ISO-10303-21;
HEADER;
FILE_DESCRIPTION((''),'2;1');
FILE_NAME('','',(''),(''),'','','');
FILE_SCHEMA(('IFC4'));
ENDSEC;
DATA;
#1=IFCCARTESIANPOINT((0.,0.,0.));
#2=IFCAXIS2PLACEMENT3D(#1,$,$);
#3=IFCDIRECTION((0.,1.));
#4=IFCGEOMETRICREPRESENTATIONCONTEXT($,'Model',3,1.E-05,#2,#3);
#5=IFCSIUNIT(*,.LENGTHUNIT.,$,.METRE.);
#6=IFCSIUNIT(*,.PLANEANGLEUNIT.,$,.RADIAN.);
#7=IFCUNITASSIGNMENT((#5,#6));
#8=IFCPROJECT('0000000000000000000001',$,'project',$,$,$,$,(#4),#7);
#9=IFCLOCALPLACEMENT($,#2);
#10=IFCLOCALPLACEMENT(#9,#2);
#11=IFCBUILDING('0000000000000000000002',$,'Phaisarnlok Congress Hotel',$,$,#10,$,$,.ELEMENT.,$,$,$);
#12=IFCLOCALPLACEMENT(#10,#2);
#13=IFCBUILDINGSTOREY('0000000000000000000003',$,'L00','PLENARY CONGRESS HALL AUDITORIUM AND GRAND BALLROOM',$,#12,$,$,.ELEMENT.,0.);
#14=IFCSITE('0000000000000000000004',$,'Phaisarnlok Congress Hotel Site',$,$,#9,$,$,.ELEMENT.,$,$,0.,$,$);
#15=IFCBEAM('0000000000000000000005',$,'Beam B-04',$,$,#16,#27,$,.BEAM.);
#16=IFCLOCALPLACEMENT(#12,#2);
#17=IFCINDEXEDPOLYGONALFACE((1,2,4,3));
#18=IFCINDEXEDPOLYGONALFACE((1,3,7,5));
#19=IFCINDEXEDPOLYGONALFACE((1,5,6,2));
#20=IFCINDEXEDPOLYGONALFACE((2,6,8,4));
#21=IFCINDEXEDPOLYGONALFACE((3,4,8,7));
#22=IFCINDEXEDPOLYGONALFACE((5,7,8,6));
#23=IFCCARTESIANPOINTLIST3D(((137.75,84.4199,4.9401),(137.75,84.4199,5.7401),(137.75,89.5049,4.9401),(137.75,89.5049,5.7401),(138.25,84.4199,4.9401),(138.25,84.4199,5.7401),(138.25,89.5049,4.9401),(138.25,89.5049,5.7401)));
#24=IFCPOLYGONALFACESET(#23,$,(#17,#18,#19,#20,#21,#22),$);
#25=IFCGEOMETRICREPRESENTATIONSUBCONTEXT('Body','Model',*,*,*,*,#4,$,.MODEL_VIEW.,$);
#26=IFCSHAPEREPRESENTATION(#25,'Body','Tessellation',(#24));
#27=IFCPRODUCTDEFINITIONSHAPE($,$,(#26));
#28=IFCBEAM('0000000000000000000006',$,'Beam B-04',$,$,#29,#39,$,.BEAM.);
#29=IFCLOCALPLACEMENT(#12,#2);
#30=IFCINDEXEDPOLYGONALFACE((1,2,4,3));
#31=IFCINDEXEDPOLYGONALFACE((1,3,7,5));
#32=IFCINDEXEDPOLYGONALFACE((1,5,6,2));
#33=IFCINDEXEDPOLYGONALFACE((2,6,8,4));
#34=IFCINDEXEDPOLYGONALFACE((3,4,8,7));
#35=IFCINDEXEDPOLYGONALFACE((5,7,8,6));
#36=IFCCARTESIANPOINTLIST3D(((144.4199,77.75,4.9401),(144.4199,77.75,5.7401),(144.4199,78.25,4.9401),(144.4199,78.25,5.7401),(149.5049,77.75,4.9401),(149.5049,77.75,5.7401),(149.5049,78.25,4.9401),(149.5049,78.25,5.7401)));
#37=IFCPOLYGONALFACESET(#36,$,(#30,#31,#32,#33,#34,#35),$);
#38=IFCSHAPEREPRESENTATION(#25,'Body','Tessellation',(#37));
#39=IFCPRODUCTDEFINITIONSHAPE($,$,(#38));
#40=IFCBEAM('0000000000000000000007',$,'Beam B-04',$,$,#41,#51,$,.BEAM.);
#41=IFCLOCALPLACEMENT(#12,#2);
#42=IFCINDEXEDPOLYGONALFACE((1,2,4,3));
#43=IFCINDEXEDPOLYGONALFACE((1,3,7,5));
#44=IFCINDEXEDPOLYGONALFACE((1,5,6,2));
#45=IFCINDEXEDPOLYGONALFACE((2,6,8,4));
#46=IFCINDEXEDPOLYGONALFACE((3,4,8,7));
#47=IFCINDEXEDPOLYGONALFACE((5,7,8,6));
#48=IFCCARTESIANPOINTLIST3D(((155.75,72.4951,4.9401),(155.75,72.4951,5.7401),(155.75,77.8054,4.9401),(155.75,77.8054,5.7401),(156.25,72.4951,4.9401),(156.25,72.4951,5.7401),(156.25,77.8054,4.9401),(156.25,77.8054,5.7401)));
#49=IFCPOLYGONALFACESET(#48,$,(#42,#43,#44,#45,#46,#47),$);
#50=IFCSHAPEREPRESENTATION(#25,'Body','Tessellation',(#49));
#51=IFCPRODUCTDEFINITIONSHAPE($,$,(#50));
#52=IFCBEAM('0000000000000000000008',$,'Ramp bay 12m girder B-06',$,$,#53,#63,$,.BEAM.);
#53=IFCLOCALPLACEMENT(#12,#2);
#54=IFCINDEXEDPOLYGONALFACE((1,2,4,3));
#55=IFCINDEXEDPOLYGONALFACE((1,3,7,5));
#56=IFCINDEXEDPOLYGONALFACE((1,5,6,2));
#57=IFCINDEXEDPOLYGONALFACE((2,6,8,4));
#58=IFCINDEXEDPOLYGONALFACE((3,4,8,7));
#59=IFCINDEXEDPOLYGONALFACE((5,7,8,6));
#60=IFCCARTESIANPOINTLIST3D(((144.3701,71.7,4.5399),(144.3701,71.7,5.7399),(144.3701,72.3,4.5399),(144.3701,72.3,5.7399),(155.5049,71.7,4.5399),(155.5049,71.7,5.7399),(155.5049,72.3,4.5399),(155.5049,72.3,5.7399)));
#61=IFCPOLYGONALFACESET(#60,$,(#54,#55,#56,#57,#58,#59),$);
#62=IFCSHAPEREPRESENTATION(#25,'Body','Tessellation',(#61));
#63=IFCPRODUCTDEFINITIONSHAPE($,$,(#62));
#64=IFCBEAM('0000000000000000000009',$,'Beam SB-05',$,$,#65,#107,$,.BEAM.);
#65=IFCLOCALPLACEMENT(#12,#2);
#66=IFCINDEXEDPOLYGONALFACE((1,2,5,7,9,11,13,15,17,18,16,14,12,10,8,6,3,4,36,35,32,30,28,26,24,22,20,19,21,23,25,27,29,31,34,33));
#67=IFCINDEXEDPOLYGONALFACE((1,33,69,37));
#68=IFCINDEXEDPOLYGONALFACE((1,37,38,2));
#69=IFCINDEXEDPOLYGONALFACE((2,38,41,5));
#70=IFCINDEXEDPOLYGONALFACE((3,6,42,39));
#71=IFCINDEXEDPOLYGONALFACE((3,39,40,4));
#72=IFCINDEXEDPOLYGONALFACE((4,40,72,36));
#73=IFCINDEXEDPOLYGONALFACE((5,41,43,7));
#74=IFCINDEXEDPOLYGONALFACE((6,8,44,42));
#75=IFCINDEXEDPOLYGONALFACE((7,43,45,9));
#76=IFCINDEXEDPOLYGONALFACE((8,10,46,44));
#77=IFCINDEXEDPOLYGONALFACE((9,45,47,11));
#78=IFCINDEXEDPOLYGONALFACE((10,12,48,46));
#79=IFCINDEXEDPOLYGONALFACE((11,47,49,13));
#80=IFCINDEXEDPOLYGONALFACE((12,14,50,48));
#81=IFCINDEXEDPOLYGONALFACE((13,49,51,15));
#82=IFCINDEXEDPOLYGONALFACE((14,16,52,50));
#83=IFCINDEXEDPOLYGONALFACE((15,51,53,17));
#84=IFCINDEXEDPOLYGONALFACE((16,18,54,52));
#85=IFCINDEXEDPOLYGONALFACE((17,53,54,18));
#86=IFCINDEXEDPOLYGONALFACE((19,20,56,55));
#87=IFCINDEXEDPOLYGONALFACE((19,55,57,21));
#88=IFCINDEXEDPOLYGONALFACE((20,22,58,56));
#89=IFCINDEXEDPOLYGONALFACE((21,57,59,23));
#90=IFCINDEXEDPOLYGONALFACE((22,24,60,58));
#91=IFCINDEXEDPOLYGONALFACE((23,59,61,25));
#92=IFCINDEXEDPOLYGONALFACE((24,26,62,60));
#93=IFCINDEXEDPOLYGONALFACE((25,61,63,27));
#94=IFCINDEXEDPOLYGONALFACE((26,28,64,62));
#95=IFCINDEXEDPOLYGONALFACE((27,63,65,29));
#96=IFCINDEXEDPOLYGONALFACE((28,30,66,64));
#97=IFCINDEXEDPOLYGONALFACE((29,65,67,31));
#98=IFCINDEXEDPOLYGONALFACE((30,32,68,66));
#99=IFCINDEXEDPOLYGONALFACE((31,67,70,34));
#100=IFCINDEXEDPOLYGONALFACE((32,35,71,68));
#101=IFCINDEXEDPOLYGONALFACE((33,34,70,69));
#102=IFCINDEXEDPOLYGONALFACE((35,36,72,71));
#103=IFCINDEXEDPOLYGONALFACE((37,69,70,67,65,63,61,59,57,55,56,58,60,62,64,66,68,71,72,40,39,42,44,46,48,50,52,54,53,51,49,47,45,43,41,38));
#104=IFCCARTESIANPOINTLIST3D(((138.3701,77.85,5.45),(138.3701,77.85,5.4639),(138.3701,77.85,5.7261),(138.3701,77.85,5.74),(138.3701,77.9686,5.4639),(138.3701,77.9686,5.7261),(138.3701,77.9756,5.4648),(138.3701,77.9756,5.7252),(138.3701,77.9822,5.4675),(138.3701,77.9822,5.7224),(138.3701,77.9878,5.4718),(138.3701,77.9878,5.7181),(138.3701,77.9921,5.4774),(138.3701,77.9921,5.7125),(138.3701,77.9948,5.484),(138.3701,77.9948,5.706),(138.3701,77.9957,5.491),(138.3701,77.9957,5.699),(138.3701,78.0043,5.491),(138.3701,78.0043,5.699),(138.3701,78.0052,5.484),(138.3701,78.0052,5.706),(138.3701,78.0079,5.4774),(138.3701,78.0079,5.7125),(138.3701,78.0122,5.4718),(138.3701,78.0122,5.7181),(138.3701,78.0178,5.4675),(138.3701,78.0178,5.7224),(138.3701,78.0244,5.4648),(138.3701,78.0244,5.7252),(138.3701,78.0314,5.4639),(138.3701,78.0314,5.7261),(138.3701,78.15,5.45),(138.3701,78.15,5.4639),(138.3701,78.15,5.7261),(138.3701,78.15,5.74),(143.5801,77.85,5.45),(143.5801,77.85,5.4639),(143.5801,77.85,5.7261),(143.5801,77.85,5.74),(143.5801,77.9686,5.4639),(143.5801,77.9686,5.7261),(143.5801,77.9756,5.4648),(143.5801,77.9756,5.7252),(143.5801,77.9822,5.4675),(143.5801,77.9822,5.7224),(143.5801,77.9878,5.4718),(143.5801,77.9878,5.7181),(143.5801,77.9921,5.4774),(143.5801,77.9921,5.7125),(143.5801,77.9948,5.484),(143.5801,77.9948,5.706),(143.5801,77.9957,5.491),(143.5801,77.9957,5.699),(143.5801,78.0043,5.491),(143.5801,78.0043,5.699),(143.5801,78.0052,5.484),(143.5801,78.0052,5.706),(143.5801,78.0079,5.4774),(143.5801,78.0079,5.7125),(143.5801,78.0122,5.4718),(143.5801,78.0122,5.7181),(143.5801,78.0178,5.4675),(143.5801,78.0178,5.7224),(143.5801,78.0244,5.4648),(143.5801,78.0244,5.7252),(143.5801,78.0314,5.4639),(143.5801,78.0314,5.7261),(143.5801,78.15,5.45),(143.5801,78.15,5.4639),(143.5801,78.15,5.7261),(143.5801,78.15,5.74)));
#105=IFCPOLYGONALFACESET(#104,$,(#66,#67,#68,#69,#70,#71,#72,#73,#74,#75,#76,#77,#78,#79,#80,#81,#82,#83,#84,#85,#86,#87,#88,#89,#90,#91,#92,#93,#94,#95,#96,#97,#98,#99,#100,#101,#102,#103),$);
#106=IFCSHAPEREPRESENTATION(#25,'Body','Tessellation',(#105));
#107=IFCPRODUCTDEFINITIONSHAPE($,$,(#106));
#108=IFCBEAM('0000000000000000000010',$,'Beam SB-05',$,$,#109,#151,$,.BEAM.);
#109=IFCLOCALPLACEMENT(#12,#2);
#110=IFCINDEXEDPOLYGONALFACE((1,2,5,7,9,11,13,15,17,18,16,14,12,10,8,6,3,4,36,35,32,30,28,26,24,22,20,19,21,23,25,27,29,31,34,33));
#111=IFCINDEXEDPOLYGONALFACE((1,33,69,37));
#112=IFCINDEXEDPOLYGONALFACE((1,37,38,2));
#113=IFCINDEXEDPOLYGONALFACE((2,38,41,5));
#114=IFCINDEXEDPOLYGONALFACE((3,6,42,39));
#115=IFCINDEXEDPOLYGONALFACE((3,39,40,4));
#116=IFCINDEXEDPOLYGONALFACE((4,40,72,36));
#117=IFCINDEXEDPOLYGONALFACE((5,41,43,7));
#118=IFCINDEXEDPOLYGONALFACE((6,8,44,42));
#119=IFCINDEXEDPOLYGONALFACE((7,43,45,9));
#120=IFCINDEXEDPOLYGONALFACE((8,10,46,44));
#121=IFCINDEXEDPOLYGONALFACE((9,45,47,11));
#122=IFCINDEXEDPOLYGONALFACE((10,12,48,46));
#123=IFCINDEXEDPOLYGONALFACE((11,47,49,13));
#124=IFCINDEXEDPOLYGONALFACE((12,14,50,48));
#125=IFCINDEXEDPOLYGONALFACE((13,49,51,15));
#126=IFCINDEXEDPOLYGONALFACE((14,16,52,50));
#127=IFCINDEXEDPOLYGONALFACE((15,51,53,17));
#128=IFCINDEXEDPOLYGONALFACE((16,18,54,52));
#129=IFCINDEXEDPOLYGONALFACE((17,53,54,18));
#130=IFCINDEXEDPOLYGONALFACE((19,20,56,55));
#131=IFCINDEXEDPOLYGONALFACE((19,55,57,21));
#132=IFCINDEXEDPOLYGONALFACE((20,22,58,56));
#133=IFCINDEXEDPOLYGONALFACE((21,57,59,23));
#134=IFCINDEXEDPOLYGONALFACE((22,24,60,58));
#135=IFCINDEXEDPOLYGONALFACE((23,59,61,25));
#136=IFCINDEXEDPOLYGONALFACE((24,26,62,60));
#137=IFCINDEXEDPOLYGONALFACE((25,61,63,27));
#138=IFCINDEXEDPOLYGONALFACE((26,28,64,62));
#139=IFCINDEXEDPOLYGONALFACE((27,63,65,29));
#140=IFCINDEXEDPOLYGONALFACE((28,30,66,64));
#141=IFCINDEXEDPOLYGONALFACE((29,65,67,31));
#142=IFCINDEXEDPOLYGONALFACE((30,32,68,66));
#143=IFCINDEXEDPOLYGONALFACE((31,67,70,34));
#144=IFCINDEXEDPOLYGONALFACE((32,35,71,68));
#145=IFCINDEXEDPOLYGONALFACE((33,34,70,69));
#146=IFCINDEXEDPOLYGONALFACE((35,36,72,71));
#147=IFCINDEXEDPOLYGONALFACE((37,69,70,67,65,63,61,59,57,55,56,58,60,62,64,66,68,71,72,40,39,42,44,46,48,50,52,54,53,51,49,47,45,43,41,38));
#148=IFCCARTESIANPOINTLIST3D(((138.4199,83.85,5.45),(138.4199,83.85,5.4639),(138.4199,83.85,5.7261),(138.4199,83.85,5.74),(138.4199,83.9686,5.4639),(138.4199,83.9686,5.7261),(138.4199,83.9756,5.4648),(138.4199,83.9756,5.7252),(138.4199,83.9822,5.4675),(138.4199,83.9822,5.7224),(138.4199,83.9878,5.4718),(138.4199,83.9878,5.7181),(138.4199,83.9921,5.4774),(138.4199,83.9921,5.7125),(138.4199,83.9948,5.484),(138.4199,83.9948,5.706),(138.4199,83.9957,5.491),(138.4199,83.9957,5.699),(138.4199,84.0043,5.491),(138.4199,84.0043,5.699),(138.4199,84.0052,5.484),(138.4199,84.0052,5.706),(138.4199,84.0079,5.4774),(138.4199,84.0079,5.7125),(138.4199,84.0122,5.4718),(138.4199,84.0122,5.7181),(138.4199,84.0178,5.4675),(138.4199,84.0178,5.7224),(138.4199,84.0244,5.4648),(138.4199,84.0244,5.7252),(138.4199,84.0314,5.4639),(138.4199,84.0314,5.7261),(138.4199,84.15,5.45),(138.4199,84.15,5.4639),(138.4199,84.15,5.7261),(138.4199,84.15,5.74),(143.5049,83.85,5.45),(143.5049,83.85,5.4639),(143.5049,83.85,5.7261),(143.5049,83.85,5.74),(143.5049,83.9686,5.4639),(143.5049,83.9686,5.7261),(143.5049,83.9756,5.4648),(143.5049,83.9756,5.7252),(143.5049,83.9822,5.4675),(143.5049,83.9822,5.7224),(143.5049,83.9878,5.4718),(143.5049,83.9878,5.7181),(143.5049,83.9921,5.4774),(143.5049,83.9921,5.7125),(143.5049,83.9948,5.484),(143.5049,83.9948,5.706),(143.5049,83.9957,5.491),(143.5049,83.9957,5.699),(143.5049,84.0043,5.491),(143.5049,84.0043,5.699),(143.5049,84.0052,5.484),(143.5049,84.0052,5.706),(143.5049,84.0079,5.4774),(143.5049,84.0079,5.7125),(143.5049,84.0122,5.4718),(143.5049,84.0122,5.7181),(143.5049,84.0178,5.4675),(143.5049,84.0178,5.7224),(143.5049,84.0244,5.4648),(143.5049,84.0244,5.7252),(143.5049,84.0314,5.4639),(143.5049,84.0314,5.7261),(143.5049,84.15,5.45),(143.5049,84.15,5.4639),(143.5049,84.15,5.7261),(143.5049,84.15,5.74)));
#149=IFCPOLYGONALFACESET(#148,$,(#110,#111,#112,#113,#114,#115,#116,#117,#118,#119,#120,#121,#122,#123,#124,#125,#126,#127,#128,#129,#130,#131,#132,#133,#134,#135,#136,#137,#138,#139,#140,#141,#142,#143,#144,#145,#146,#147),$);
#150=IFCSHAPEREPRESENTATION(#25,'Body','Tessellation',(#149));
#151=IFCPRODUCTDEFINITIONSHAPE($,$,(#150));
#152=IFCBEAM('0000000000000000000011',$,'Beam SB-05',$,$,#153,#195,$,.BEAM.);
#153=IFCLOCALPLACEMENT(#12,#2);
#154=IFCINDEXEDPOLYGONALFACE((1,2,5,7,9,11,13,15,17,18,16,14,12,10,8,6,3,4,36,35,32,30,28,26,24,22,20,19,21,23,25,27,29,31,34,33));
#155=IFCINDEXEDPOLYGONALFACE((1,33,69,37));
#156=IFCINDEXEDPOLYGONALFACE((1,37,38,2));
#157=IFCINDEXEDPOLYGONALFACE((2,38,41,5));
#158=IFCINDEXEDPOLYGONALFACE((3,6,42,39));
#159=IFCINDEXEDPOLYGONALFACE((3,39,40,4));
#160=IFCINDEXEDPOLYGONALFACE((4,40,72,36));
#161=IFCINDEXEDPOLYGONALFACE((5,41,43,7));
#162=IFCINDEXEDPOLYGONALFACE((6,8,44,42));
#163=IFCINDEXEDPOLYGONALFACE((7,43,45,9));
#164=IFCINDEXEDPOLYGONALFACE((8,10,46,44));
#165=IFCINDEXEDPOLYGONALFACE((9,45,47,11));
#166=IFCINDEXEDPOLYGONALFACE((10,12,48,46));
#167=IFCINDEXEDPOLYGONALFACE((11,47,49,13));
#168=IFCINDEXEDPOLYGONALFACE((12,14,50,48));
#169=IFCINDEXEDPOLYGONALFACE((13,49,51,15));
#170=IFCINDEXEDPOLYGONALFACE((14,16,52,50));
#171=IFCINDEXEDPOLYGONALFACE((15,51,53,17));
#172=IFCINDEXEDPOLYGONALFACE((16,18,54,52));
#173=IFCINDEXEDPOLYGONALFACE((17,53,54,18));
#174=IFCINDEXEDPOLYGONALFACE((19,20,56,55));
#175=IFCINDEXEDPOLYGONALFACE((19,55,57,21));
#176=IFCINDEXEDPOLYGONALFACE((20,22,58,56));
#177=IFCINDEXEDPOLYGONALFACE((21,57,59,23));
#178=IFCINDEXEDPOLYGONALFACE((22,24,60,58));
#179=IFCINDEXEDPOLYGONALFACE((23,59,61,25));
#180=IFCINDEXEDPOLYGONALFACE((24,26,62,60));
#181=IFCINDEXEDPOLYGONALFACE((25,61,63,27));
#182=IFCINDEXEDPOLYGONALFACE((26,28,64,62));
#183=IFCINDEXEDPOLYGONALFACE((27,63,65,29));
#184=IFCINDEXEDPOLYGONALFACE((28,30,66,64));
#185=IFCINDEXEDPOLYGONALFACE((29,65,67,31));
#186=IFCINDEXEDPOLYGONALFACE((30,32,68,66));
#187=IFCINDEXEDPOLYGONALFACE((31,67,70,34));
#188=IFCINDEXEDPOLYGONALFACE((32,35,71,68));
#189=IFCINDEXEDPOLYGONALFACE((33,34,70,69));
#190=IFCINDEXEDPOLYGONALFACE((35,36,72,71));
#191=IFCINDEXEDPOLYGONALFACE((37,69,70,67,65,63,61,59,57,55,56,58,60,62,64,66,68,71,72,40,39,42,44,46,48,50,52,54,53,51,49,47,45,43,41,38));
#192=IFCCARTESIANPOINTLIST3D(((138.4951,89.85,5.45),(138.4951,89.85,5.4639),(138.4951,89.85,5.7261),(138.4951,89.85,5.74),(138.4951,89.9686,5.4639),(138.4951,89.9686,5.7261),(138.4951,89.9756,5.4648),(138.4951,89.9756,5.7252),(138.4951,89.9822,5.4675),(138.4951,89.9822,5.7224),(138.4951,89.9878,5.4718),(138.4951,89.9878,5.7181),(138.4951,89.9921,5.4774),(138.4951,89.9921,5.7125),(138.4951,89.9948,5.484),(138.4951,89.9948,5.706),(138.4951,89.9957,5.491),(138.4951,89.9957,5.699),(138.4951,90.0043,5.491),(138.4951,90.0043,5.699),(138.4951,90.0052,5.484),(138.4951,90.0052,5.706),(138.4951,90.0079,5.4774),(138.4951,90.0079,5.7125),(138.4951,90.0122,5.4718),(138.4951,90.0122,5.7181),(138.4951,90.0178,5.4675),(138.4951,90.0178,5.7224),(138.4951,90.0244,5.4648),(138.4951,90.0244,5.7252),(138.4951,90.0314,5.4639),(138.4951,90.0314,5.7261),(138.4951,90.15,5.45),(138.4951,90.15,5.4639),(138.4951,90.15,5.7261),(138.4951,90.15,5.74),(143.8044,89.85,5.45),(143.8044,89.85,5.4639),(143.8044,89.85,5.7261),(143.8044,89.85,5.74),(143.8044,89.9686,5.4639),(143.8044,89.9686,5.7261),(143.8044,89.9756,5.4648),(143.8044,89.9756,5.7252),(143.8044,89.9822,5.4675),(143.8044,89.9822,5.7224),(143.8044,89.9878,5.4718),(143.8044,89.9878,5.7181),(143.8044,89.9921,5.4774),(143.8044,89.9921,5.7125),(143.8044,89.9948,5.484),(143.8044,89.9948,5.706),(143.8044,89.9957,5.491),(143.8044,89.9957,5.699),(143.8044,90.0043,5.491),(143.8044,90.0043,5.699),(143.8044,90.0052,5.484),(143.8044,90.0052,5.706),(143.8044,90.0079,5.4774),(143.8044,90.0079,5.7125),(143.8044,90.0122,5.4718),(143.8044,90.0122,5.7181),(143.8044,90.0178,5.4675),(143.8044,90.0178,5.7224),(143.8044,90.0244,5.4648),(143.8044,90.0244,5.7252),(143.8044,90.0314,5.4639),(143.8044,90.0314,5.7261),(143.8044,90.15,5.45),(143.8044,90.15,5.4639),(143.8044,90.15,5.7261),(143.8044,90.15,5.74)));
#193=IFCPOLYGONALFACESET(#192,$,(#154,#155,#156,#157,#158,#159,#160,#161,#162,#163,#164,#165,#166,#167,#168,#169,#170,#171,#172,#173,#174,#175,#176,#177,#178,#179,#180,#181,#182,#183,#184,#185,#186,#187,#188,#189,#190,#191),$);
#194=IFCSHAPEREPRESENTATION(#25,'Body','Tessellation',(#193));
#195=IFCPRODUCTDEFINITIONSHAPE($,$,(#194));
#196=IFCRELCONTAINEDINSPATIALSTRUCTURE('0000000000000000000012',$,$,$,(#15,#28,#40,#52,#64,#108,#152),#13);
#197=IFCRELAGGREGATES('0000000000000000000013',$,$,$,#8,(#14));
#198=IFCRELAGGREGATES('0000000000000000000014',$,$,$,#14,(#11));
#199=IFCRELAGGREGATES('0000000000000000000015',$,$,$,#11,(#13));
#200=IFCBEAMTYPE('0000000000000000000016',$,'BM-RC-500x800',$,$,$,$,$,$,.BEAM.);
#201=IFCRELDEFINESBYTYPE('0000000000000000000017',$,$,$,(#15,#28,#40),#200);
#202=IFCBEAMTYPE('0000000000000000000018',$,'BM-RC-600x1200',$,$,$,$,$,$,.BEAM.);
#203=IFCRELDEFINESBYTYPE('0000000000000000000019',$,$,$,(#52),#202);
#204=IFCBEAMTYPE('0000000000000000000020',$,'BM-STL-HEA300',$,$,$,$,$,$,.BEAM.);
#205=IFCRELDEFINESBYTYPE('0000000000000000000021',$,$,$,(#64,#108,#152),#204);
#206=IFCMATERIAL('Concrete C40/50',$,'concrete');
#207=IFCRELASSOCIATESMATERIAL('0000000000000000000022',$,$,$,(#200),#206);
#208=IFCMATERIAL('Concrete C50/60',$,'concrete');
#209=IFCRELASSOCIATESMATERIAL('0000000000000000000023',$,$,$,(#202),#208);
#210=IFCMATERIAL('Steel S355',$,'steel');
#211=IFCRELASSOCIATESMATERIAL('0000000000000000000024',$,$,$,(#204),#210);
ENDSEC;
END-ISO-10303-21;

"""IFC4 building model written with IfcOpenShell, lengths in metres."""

from ifc_helpers import new_model, si_unit, direction, frame, origin, origin_2d, place, context, subcontext, project, spatial, rectangle, i_section, extrude, material, material_profile, profile_set, type_object, element, save


model = new_model("IFC4")

# Units and contexts
model_context = context("Model", 3, precision=1e-05, world=origin(), true_north=direction((0.0, 1.0)))
body_context = subcontext(model_context, "Body", "Model", "MODEL_VIEW")
ifc_project = project(units=[si_unit("LENGTHUNIT", "METRE"), si_unit("PLANEANGLEUNIT", "RADIAN")], contexts=[model_context])

# Site, building, storey
site_placement = place(None, origin())
site = spatial("IfcSite", under=ifc_project, at=site_placement, Name="Phaisarnlok Congress Hotel Site", CompositionType="ELEMENT", RefElevation=0.0)
building_placement = place(site_placement, origin())
building = spatial("IfcBuilding", under=site, at=building_placement, Name="Phaisarnlok Congress Hotel", CompositionType="ELEMENT")
storey_placement = place(building_placement, origin())
storey = spatial("IfcBuildingStorey", under=building, at=storey_placement, Name="L00", Description="PLENARY CONGRESS HALL AUDITORIUM AND GRAND BALLROOM", CompositionType="ELEMENT", Elevation=0.0)

# Shared definitions
ifc_material_1 = material(Name="Concrete C50/60", Category="concrete")
ifc_material_2 = material(Name="Steel S355", Category="steel")

# Beams
ifc_material_3 = material(Name="Concrete C40/50", Category="concrete")
ifc_material_profile_1 = material_profile(ifc_material_3, rectangle(XDim=0.5, YDim=0.8, at=origin_2d()), Name="RC 500x800")
ifc_profile_set_1 = profile_set([ifc_material_profile_1], Name="Concrete C40/50")
beam_type_1 = type_object("IfcBeamType", Name="BM-RC-500x800", PredefinedType="BEAM", material=ifc_profile_set_1)
for number, where, z_axis, x_axis, name in (
    (1, (138.0, 84.4199, 5.3401), (0.0, 1.0, 0.0), (-1.0, 0.0, 0.0), "Beam B-04"),
    (2, (144.4199, 78.0, 5.3401), (1.0, 0.0, 0.0), (0.0, 1.0, 0.0), "Beam B-04"),
):
    element("IfcBeam", number, at=place(storey_placement, frame(where, z_axis=z_axis, x_axis=x_axis)), inside=storey, type_object=beam_type_1, Name=name, PredefinedType="BEAM", context=body_context, shape_type="SweptSolid", body=[
        extrude(rectangle(XDim=0.5, YDim=0.8, at=origin_2d()), origin(), (0.0, 0.0, 1.0), 5.085),
    ])
beam_1_placement = place(storey_placement, frame((156.0, 72.4951, 5.3401), z_axis=(0.0, 1.0, 0.0), x_axis=(-1.0, 0.0, 0.0)))
element("IfcBeam", 3, at=beam_1_placement, inside=storey, type_object=beam_type_1, Name="Beam B-04", PredefinedType="BEAM", context=body_context, shape_type="SweptSolid", body=[
    extrude(rectangle(XDim=0.5, YDim=0.8, at=origin_2d()), origin(), (0.0, 0.0, 1.0), 5.3103),
])
ifc_material_profile_2 = material_profile(ifc_material_1, rectangle(XDim=0.6001, YDim=1.2, at=origin_2d()), Name="RC 600x1200")
ifc_profile_set_2 = profile_set([ifc_material_profile_2], Name="Concrete C50/60")
beam_type_2 = type_object("IfcBeamType", Name="BM-RC-600x1200", PredefinedType="BEAM", material=ifc_profile_set_2)
beam_2_placement = place(storey_placement, frame((144.3701, 72.0, 5.1399), z_axis=(1.0, 0.0, 0.0), x_axis=(0.0, 1.0, 0.0)))
element("IfcBeam", 4, at=beam_2_placement, inside=storey, type_object=beam_type_2, Name="Ramp bay 12m girder B-06", PredefinedType="BEAM", context=body_context, shape_type="SweptSolid", body=[
    extrude(rectangle(XDim=0.6001, YDim=1.2, at=origin_2d()), origin(), (0.0, 0.0, 1.0), 11.1348),
])
ifc_material_profile_3 = material_profile(ifc_material_2, i_section(OverallWidth=0.3, OverallDepth=0.29, WebThickness=0.0085, FlangeThickness=0.0139, FilletRadius=0.0271, at=origin_2d()), Name="HEA 300")
ifc_profile_set_3 = profile_set([ifc_material_profile_3], Name="Steel S355")
beam_type_3 = type_object("IfcBeamType", Name="BM-STL-HEA300", PredefinedType="BEAM", material=ifc_profile_set_3)
beam_3_placement = place(storey_placement, frame((138.3701, 78.0, 5.595), z_axis=(1.0, 0.0, 0.0), x_axis=(0.0, 1.0, 0.0)))
element("IfcBeam", 5, at=beam_3_placement, inside=storey, type_object=beam_type_3, Name="Beam SB-05", PredefinedType="BEAM", context=body_context, shape_type="SweptSolid", body=[
    extrude(i_section(OverallWidth=0.3, OverallDepth=0.29, WebThickness=0.0085, FlangeThickness=0.0139, FilletRadius=0.0271, at=origin_2d()), origin(), (0.0, 0.0, 1.0), 5.21),
])
beam_4_placement = place(storey_placement, frame((138.4199, 84.0, 5.595), z_axis=(1.0, 0.0, 0.0), x_axis=(0.0, 1.0, 0.0)))
element("IfcBeam", 6, at=beam_4_placement, inside=storey, type_object=beam_type_3, Name="Beam SB-05", PredefinedType="BEAM", context=body_context, shape_type="SweptSolid", body=[
    extrude(i_section(OverallWidth=0.3, OverallDepth=0.29, WebThickness=0.0085, FlangeThickness=0.0139, FilletRadius=0.0271, at=origin_2d()), origin(), (0.0, 0.0, 1.0), 5.085),
])
beam_5_placement = place(storey_placement, frame((138.4951, 90.0, 5.595), z_axis=(1.0, 0.0, 0.0), x_axis=(0.0, 1.0, 0.0)))
element("IfcBeam", 7, at=beam_5_placement, inside=storey, type_object=beam_type_3, Name="Beam SB-05", PredefinedType="BEAM", context=body_context, shape_type="SweptSolid", body=[
    extrude(i_section(OverallWidth=0.3, OverallDepth=0.29, WebThickness=0.0085, FlangeThickness=0.0139, FilletRadius=0.0271, at=origin_2d()), origin(), (0.0, 0.0, 1.0), 5.3093),
])

save(model, "model.ifc")
